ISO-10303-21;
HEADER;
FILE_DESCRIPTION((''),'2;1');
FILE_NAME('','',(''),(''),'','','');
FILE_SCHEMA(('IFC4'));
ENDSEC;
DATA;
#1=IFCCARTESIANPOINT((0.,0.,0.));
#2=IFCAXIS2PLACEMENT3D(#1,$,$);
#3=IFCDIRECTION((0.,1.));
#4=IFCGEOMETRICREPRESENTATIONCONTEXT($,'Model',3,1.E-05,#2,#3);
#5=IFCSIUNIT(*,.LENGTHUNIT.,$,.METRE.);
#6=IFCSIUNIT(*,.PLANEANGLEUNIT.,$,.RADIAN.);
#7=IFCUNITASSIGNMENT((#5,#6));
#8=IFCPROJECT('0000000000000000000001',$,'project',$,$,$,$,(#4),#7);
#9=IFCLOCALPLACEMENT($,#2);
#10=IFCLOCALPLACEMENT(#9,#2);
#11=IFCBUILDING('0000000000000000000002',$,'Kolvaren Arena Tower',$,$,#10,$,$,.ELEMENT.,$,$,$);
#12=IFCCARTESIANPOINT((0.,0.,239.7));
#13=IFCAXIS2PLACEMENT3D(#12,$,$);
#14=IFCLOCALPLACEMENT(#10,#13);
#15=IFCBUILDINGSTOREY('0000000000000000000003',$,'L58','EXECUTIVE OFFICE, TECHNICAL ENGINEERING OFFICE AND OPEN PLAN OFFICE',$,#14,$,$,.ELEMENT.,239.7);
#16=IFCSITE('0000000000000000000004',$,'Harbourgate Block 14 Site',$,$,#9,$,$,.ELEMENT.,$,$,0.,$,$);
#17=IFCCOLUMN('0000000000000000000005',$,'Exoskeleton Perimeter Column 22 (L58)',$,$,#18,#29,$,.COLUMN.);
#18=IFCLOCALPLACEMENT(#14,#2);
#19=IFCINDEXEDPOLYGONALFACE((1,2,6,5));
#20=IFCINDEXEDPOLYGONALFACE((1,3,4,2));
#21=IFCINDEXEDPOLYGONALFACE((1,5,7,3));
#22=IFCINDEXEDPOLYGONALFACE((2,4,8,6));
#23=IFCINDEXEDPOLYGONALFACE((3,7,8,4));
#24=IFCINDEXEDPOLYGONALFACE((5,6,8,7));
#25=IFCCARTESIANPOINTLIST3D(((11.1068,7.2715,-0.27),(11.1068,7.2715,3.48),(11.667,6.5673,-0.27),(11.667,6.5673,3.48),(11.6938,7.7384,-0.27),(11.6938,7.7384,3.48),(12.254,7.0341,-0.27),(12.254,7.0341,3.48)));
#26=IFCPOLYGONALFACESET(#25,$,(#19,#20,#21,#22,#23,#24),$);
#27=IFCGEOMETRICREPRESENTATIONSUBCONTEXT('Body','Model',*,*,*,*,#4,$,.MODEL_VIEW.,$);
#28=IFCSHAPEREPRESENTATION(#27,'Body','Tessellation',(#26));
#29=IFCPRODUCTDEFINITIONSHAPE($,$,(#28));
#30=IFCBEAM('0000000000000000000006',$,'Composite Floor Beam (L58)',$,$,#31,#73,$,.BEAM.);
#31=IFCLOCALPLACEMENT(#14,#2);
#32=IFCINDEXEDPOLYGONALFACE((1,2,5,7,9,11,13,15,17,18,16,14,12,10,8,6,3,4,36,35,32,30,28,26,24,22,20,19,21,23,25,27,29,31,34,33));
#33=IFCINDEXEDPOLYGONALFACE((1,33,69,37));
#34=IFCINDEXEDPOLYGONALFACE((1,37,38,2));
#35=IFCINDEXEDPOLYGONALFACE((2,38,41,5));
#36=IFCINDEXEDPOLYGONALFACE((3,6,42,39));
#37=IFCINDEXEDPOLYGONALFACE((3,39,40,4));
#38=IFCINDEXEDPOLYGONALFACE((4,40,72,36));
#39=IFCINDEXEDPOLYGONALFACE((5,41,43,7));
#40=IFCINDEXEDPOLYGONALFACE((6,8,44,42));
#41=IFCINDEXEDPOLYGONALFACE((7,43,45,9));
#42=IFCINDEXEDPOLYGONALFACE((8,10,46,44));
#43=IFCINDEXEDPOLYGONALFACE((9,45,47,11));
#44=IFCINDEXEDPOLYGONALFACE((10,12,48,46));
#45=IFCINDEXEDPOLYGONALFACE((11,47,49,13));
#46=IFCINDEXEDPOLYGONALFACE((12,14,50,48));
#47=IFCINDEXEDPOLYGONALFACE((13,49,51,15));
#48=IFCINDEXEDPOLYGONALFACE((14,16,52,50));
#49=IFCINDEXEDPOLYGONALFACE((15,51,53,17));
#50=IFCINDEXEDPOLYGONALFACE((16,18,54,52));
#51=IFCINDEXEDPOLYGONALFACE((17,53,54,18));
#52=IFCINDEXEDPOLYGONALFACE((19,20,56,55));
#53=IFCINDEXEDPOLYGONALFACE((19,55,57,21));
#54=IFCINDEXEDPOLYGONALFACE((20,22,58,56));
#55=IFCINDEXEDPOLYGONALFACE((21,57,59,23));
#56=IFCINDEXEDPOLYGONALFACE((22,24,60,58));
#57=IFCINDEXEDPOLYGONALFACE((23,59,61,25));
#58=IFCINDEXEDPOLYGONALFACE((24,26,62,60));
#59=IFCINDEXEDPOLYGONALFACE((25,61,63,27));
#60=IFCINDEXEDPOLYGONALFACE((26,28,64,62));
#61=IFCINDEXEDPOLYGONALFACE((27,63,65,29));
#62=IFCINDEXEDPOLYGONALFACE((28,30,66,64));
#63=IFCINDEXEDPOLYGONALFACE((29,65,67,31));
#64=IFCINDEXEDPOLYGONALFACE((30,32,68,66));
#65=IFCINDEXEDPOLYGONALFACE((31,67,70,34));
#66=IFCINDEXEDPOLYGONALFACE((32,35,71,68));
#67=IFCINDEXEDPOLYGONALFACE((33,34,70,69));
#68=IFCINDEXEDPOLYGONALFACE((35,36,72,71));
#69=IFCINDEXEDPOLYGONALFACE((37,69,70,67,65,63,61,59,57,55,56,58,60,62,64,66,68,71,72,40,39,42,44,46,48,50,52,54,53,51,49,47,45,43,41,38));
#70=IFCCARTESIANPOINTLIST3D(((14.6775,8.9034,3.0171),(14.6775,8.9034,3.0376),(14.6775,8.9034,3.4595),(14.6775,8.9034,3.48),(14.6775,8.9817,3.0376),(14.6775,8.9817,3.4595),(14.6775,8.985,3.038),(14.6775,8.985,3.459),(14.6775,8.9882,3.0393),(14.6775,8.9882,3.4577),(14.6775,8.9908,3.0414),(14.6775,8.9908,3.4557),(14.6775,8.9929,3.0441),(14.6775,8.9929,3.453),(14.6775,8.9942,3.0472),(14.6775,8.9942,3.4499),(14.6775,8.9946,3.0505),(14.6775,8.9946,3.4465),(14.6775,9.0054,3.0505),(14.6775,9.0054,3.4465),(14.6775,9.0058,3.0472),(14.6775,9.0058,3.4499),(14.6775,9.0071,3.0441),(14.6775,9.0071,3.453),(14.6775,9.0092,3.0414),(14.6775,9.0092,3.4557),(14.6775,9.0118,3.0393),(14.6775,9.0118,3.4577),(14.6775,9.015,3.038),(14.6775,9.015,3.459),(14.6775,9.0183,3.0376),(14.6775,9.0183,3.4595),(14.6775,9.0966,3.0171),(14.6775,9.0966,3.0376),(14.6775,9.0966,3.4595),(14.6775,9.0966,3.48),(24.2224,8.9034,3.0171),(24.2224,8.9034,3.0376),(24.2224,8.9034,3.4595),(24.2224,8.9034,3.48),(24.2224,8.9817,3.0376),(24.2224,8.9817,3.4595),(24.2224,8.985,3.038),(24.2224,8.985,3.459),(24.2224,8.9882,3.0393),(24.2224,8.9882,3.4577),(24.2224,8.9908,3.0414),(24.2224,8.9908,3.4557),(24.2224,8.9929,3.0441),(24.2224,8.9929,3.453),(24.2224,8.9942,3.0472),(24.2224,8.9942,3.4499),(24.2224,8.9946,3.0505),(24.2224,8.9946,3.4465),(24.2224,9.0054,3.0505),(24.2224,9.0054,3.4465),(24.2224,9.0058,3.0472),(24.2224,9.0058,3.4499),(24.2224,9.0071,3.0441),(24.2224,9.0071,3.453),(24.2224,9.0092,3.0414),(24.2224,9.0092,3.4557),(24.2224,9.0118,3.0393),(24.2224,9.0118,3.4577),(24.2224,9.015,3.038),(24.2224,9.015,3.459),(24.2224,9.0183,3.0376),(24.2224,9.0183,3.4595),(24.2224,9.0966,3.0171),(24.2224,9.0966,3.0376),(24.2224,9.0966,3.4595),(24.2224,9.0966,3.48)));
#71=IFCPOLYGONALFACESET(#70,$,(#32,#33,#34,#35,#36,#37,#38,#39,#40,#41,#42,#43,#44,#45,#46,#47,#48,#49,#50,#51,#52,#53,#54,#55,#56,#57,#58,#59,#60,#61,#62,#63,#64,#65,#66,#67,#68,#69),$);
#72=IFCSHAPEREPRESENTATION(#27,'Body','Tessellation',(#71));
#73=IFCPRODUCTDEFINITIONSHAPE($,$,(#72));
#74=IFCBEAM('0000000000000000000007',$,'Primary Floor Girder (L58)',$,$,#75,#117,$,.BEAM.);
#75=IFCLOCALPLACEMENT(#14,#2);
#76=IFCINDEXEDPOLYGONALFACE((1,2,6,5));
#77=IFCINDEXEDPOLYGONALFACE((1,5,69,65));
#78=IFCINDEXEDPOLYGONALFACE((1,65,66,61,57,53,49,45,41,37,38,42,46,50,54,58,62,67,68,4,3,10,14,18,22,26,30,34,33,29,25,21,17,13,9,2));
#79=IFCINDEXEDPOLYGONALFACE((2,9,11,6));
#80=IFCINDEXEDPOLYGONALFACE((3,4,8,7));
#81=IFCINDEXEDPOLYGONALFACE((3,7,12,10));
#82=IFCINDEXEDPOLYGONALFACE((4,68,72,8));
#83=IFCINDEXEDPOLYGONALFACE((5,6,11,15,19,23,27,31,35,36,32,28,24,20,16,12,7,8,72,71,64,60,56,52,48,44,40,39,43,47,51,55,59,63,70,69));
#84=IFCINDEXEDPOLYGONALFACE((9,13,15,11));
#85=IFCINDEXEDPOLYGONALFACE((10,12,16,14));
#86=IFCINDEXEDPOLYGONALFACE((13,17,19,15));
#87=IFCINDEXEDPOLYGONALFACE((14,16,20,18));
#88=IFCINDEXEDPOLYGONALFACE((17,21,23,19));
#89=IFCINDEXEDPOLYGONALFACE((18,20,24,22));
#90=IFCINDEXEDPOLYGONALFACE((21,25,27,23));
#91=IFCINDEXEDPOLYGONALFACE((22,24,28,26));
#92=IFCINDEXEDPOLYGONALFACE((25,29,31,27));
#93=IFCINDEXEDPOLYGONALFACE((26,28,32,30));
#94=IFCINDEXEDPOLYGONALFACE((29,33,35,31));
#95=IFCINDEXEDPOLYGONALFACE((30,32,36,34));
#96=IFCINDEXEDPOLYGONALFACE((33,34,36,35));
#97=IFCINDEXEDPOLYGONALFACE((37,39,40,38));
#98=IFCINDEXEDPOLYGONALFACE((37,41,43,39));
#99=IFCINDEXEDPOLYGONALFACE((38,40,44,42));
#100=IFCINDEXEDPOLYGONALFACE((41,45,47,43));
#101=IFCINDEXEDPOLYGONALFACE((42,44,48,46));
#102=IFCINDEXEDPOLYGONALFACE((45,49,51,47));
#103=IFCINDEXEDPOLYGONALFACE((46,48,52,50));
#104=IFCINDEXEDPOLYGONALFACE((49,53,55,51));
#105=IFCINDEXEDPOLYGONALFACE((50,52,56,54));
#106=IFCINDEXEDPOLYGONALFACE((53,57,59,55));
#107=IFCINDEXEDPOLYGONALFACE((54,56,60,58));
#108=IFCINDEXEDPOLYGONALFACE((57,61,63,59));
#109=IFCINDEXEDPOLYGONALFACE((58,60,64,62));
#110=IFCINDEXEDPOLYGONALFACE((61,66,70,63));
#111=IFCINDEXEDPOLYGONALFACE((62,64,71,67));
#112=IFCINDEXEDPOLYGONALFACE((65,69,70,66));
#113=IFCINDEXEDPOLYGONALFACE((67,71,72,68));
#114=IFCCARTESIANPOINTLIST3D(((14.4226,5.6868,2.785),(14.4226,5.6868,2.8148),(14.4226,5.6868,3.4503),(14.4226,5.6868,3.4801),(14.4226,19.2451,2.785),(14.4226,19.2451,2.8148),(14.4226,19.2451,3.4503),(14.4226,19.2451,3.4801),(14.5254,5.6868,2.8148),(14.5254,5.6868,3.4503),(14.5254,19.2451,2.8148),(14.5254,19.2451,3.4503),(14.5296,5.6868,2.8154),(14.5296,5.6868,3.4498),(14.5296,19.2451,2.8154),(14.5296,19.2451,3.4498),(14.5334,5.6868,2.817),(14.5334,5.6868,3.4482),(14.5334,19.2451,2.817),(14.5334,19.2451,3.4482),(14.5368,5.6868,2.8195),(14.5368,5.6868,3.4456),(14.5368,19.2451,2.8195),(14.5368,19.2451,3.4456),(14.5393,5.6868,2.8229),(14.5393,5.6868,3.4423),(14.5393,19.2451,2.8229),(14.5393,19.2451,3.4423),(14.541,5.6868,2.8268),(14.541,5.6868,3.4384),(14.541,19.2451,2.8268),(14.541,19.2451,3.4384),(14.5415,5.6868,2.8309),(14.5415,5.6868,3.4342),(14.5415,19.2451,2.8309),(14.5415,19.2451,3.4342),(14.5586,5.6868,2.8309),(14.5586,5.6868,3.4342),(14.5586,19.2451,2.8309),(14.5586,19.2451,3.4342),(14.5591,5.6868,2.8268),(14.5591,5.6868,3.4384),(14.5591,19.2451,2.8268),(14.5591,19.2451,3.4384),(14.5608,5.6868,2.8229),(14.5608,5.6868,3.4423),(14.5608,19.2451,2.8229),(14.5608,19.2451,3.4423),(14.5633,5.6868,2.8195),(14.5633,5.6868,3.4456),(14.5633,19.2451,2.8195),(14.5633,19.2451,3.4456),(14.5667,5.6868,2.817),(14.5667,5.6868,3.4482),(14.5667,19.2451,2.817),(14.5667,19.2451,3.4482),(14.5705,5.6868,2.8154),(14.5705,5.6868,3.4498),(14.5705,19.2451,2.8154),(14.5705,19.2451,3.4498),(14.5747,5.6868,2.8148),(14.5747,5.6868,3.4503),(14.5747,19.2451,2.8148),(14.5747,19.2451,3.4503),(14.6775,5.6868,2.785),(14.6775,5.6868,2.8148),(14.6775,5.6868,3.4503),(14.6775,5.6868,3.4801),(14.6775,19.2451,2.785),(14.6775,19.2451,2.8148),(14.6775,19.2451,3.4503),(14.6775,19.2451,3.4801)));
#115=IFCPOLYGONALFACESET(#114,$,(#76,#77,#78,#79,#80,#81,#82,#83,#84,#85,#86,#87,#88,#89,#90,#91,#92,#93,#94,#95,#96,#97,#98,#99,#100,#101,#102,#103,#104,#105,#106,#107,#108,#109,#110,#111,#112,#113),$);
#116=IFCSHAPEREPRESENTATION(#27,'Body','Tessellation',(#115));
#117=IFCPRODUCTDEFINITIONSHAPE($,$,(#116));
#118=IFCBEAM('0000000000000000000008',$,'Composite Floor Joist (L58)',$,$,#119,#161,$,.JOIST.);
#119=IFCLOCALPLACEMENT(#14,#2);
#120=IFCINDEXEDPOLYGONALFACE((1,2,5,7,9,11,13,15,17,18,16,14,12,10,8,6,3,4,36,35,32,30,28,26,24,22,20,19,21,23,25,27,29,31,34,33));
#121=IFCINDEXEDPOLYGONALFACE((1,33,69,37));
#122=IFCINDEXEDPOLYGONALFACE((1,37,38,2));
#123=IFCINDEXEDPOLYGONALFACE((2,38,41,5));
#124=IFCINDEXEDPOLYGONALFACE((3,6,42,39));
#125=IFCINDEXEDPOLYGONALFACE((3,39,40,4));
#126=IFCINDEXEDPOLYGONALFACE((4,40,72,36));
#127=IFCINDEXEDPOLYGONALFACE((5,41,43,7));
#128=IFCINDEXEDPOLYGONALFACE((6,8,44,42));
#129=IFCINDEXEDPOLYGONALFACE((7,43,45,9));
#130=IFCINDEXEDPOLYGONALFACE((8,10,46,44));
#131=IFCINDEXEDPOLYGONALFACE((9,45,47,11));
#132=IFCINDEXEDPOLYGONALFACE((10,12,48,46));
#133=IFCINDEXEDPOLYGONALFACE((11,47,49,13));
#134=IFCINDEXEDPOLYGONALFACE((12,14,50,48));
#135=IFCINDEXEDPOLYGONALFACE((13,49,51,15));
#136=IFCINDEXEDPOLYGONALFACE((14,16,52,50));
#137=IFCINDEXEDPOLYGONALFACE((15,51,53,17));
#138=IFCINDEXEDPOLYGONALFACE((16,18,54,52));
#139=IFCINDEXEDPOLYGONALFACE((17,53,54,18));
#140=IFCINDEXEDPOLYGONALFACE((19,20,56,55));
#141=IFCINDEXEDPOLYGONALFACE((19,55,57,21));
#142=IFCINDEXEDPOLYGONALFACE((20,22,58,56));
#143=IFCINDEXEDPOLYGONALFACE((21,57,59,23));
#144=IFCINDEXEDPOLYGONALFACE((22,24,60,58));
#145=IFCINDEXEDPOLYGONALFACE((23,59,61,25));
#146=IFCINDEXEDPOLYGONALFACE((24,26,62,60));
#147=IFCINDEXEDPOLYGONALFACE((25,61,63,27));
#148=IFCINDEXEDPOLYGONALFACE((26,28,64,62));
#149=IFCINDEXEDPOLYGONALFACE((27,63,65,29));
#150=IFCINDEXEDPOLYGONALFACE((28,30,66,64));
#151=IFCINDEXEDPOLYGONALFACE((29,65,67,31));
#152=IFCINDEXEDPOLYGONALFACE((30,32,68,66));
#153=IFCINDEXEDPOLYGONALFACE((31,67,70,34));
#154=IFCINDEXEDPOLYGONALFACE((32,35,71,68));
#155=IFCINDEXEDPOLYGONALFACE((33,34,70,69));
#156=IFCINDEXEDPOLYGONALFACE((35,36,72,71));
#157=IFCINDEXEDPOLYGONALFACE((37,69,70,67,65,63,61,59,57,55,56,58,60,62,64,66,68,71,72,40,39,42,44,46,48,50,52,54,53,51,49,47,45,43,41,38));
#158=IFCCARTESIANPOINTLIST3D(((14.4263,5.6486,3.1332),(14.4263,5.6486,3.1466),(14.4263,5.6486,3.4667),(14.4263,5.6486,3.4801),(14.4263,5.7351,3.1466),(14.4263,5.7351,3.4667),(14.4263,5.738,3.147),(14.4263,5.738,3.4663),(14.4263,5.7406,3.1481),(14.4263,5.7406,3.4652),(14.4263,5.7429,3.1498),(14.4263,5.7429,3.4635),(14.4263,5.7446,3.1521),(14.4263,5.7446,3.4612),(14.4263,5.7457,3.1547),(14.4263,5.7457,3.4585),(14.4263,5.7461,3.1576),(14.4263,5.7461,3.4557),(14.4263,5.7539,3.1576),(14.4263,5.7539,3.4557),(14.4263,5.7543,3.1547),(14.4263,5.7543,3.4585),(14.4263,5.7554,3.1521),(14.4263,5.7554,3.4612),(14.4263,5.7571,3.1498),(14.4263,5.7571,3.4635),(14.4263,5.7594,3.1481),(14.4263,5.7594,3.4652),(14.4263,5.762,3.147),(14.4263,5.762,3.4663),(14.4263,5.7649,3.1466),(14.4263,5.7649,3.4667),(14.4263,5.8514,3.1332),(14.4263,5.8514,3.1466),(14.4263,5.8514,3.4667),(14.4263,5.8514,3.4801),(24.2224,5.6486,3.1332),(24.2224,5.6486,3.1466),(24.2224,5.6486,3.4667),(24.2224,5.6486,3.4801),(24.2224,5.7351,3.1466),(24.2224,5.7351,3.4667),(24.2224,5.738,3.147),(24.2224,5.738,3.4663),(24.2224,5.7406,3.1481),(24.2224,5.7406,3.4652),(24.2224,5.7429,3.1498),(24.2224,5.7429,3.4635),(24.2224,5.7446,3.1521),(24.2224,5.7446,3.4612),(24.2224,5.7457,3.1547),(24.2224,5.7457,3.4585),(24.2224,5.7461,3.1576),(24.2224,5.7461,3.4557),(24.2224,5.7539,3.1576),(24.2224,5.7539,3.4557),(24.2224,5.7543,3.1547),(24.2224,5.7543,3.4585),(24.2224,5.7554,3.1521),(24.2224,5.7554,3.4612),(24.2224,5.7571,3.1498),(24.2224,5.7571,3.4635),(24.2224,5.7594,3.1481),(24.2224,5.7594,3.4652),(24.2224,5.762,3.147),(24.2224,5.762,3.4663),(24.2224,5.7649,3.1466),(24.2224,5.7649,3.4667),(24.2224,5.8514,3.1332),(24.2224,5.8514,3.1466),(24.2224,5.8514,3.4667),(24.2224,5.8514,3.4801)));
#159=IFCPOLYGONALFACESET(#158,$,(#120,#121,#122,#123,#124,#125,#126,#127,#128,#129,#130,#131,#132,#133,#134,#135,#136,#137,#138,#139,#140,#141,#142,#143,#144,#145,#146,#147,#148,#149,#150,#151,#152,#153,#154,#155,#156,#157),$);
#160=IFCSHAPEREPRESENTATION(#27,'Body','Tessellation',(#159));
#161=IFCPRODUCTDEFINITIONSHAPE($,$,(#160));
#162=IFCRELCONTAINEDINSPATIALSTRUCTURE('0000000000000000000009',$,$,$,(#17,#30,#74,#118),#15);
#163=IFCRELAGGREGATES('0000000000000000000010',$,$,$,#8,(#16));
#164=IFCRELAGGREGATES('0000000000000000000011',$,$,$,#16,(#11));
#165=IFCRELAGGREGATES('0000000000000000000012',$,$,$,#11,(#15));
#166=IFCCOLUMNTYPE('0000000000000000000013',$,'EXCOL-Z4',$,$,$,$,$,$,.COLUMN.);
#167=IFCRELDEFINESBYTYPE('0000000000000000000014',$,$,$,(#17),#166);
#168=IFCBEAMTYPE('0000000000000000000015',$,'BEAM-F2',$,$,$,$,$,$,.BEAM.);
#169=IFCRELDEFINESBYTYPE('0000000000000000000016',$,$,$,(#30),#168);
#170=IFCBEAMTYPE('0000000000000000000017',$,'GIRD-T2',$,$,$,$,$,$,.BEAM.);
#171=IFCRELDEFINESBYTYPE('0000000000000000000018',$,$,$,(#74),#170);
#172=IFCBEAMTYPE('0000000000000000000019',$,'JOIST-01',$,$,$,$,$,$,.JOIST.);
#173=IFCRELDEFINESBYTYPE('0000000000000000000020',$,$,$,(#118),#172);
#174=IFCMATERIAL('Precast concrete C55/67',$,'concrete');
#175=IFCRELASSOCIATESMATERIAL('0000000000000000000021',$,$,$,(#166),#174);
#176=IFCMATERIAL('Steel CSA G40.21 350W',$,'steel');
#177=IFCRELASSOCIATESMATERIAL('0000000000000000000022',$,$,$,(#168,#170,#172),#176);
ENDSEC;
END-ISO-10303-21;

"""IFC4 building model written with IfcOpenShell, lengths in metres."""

from ifc_helpers import new_model, si_unit, direction, frame, origin, origin_2d, place, context, subcontext, project, spatial, rectangle, i_section, extrude, material, material_profile, profile_set, type_object, element, save


model = new_model("IFC4")

# Units and contexts
model_context = context("Model", 3, precision=1e-05, world=origin(), true_north=direction((0.0, 1.0)))
body_context = subcontext(model_context, "Body", "Model", "MODEL_VIEW")
ifc_project = project(units=[si_unit("LENGTHUNIT", "METRE"), si_unit("PLANEANGLEUNIT", "RADIAN")], contexts=[model_context])

# Site, building, storey
site_placement = place(None, origin())
site = spatial("IfcSite", under=ifc_project, at=site_placement, Name="Harbourgate Block 14 Site", CompositionType="ELEMENT", RefElevation=0.0)
building_placement = place(site_placement, origin())
building = spatial("IfcBuilding", under=site, at=building_placement, Name="Kolvaren Arena Tower", CompositionType="ELEMENT")
storey_placement = place(building_placement, frame((0.0, 0.0, 239.7)))
storey = spatial("IfcBuildingStorey", under=building, at=storey_placement, Name="L58", Description="EXECUTIVE OFFICE, TECHNICAL ENGINEERING OFFICE AND OPEN PLAN OFFICE", CompositionType="ELEMENT", Elevation=239.7)

# Column
ifc_material_1 = material(Name="Precast concrete C55/67", Category="concrete")
ifc_material_profile_1 = material_profile(ifc_material_1, rectangle(XDim=0.8999, YDim=0.75, at=origin_2d()), Name="RC-900x750")
ifc_profile_set_1 = profile_set([ifc_material_profile_1], Name="Precast concrete C55/67")
column_type = type_object("IfcColumnType", Name="EXCOL-Z4", PredefinedType="COLUMN", material=ifc_profile_set_1)
column_placement = place(storey_placement, frame((11.6804, 7.1528, -0.27), z_axis=(0.0, 0.0, 1.0), x_axis=(-0.622515, 0.782608, 0.0)))
element("IfcColumn", 1, at=column_placement, inside=storey, type_object=column_type, Name="Exoskeleton Perimeter Column 22 (L58)", PredefinedType="COLUMN", context=body_context, shape_type="SweptSolid", body=[
    extrude(rectangle(XDim=0.8999, YDim=0.75, at=origin_2d()), origin(), (0.0, 0.0, 1.0), 3.75),
])

# Beams
ifc_material_2 = material(Name="Steel CSA G40.21 350W", Category="steel")
ifc_material_profile_2 = material_profile(ifc_material_2, i_section(OverallWidth=0.1931, OverallDepth=0.4629, WebThickness=0.0107, FlangeThickness=0.0205, FilletRadius=0.0129, at=origin_2d()), Name="W460x113")
ifc_profile_set_2 = profile_set([ifc_material_profile_2], Name="Steel CSA G40.21 350W")
beam_type_1 = type_object("IfcBeamType", Name="BEAM-F2", PredefinedType="BEAM", material=ifc_profile_set_2)
beam_1_placement = place(storey_placement, frame((14.6775, 9.0, 3.2485), z_axis=(1.0, 0.0, 0.0), x_axis=(0.0, 1.0, 0.0)))
element("IfcBeam", 2, at=beam_1_placement, inside=storey, type_object=beam_type_1, Name="Composite Floor Beam (L58)", PredefinedType="BEAM", context=body_context, shape_type="SweptSolid", body=[
    extrude(i_section(OverallWidth=0.1931, OverallDepth=0.4629, WebThickness=0.0107, FlangeThickness=0.0205, FilletRadius=0.0129, at=origin_2d()), origin(), (0.0, 0.0, 1.0), 9.5449),
])
ifc_material_profile_3 = material_profile(ifc_material_2, i_section(OverallWidth=0.2549, OverallDepth=0.6951, WebThickness=0.0171, FlangeThickness=0.0298, FilletRadius=0.0161, at=origin_2d()), Name="W690x217")
ifc_profile_set_3 = profile_set([ifc_material_profile_3], Name="Steel CSA G40.21 350W")
beam_type_2 = type_object("IfcBeamType", Name="GIRD-T2", PredefinedType="BEAM", material=ifc_profile_set_3)
beam_2_placement = place(storey_placement, frame((14.55, 5.6868, 3.1326), z_axis=(0.0, 1.0, 0.0), x_axis=(-1.0, 0.0, 0.0)))
element("IfcBeam", 3, at=beam_2_placement, inside=storey, type_object=beam_type_2, Name="Primary Floor Girder (L58)", PredefinedType="BEAM", context=body_context, shape_type="SweptSolid", body=[
    extrude(i_section(OverallWidth=0.2549, OverallDepth=0.6951, WebThickness=0.0171, FlangeThickness=0.0298, FilletRadius=0.0161, at=origin_2d()), origin(), (0.0, 0.0, 1.0), 13.5583),
])
ifc_material_profile_4 = material_profile(ifc_material_2, i_section(OverallWidth=0.2029, OverallDepth=0.3469, WebThickness=0.0078, FlangeThickness=0.0134, FilletRadius=0.011, at=origin_2d()), Name="W360x64")
ifc_profile_set_4 = profile_set([ifc_material_profile_4], Name="Steel CSA G40.21 350W")
beam_type_3 = type_object("IfcBeamType", Name="JOIST-01", PredefinedType="JOIST", material=ifc_profile_set_4)
beam_3_placement = place(storey_placement, frame((14.4263, 5.75, 3.3066), z_axis=(1.0, 0.0, 0.0), x_axis=(0.0, 1.0, 0.0)))
element("IfcBeam", 4, at=beam_3_placement, inside=storey, type_object=beam_type_3, Name="Composite Floor Joist (L58)", PredefinedType="JOIST", context=body_context, shape_type="SweptSolid", body=[
    extrude(i_section(OverallWidth=0.2029, OverallDepth=0.3469, WebThickness=0.0078, FlangeThickness=0.0134, FilletRadius=0.011, at=origin_2d()), origin(), (0.0, 0.0, 1.0), 9.7961),
])

save(model, "model.ifc")
